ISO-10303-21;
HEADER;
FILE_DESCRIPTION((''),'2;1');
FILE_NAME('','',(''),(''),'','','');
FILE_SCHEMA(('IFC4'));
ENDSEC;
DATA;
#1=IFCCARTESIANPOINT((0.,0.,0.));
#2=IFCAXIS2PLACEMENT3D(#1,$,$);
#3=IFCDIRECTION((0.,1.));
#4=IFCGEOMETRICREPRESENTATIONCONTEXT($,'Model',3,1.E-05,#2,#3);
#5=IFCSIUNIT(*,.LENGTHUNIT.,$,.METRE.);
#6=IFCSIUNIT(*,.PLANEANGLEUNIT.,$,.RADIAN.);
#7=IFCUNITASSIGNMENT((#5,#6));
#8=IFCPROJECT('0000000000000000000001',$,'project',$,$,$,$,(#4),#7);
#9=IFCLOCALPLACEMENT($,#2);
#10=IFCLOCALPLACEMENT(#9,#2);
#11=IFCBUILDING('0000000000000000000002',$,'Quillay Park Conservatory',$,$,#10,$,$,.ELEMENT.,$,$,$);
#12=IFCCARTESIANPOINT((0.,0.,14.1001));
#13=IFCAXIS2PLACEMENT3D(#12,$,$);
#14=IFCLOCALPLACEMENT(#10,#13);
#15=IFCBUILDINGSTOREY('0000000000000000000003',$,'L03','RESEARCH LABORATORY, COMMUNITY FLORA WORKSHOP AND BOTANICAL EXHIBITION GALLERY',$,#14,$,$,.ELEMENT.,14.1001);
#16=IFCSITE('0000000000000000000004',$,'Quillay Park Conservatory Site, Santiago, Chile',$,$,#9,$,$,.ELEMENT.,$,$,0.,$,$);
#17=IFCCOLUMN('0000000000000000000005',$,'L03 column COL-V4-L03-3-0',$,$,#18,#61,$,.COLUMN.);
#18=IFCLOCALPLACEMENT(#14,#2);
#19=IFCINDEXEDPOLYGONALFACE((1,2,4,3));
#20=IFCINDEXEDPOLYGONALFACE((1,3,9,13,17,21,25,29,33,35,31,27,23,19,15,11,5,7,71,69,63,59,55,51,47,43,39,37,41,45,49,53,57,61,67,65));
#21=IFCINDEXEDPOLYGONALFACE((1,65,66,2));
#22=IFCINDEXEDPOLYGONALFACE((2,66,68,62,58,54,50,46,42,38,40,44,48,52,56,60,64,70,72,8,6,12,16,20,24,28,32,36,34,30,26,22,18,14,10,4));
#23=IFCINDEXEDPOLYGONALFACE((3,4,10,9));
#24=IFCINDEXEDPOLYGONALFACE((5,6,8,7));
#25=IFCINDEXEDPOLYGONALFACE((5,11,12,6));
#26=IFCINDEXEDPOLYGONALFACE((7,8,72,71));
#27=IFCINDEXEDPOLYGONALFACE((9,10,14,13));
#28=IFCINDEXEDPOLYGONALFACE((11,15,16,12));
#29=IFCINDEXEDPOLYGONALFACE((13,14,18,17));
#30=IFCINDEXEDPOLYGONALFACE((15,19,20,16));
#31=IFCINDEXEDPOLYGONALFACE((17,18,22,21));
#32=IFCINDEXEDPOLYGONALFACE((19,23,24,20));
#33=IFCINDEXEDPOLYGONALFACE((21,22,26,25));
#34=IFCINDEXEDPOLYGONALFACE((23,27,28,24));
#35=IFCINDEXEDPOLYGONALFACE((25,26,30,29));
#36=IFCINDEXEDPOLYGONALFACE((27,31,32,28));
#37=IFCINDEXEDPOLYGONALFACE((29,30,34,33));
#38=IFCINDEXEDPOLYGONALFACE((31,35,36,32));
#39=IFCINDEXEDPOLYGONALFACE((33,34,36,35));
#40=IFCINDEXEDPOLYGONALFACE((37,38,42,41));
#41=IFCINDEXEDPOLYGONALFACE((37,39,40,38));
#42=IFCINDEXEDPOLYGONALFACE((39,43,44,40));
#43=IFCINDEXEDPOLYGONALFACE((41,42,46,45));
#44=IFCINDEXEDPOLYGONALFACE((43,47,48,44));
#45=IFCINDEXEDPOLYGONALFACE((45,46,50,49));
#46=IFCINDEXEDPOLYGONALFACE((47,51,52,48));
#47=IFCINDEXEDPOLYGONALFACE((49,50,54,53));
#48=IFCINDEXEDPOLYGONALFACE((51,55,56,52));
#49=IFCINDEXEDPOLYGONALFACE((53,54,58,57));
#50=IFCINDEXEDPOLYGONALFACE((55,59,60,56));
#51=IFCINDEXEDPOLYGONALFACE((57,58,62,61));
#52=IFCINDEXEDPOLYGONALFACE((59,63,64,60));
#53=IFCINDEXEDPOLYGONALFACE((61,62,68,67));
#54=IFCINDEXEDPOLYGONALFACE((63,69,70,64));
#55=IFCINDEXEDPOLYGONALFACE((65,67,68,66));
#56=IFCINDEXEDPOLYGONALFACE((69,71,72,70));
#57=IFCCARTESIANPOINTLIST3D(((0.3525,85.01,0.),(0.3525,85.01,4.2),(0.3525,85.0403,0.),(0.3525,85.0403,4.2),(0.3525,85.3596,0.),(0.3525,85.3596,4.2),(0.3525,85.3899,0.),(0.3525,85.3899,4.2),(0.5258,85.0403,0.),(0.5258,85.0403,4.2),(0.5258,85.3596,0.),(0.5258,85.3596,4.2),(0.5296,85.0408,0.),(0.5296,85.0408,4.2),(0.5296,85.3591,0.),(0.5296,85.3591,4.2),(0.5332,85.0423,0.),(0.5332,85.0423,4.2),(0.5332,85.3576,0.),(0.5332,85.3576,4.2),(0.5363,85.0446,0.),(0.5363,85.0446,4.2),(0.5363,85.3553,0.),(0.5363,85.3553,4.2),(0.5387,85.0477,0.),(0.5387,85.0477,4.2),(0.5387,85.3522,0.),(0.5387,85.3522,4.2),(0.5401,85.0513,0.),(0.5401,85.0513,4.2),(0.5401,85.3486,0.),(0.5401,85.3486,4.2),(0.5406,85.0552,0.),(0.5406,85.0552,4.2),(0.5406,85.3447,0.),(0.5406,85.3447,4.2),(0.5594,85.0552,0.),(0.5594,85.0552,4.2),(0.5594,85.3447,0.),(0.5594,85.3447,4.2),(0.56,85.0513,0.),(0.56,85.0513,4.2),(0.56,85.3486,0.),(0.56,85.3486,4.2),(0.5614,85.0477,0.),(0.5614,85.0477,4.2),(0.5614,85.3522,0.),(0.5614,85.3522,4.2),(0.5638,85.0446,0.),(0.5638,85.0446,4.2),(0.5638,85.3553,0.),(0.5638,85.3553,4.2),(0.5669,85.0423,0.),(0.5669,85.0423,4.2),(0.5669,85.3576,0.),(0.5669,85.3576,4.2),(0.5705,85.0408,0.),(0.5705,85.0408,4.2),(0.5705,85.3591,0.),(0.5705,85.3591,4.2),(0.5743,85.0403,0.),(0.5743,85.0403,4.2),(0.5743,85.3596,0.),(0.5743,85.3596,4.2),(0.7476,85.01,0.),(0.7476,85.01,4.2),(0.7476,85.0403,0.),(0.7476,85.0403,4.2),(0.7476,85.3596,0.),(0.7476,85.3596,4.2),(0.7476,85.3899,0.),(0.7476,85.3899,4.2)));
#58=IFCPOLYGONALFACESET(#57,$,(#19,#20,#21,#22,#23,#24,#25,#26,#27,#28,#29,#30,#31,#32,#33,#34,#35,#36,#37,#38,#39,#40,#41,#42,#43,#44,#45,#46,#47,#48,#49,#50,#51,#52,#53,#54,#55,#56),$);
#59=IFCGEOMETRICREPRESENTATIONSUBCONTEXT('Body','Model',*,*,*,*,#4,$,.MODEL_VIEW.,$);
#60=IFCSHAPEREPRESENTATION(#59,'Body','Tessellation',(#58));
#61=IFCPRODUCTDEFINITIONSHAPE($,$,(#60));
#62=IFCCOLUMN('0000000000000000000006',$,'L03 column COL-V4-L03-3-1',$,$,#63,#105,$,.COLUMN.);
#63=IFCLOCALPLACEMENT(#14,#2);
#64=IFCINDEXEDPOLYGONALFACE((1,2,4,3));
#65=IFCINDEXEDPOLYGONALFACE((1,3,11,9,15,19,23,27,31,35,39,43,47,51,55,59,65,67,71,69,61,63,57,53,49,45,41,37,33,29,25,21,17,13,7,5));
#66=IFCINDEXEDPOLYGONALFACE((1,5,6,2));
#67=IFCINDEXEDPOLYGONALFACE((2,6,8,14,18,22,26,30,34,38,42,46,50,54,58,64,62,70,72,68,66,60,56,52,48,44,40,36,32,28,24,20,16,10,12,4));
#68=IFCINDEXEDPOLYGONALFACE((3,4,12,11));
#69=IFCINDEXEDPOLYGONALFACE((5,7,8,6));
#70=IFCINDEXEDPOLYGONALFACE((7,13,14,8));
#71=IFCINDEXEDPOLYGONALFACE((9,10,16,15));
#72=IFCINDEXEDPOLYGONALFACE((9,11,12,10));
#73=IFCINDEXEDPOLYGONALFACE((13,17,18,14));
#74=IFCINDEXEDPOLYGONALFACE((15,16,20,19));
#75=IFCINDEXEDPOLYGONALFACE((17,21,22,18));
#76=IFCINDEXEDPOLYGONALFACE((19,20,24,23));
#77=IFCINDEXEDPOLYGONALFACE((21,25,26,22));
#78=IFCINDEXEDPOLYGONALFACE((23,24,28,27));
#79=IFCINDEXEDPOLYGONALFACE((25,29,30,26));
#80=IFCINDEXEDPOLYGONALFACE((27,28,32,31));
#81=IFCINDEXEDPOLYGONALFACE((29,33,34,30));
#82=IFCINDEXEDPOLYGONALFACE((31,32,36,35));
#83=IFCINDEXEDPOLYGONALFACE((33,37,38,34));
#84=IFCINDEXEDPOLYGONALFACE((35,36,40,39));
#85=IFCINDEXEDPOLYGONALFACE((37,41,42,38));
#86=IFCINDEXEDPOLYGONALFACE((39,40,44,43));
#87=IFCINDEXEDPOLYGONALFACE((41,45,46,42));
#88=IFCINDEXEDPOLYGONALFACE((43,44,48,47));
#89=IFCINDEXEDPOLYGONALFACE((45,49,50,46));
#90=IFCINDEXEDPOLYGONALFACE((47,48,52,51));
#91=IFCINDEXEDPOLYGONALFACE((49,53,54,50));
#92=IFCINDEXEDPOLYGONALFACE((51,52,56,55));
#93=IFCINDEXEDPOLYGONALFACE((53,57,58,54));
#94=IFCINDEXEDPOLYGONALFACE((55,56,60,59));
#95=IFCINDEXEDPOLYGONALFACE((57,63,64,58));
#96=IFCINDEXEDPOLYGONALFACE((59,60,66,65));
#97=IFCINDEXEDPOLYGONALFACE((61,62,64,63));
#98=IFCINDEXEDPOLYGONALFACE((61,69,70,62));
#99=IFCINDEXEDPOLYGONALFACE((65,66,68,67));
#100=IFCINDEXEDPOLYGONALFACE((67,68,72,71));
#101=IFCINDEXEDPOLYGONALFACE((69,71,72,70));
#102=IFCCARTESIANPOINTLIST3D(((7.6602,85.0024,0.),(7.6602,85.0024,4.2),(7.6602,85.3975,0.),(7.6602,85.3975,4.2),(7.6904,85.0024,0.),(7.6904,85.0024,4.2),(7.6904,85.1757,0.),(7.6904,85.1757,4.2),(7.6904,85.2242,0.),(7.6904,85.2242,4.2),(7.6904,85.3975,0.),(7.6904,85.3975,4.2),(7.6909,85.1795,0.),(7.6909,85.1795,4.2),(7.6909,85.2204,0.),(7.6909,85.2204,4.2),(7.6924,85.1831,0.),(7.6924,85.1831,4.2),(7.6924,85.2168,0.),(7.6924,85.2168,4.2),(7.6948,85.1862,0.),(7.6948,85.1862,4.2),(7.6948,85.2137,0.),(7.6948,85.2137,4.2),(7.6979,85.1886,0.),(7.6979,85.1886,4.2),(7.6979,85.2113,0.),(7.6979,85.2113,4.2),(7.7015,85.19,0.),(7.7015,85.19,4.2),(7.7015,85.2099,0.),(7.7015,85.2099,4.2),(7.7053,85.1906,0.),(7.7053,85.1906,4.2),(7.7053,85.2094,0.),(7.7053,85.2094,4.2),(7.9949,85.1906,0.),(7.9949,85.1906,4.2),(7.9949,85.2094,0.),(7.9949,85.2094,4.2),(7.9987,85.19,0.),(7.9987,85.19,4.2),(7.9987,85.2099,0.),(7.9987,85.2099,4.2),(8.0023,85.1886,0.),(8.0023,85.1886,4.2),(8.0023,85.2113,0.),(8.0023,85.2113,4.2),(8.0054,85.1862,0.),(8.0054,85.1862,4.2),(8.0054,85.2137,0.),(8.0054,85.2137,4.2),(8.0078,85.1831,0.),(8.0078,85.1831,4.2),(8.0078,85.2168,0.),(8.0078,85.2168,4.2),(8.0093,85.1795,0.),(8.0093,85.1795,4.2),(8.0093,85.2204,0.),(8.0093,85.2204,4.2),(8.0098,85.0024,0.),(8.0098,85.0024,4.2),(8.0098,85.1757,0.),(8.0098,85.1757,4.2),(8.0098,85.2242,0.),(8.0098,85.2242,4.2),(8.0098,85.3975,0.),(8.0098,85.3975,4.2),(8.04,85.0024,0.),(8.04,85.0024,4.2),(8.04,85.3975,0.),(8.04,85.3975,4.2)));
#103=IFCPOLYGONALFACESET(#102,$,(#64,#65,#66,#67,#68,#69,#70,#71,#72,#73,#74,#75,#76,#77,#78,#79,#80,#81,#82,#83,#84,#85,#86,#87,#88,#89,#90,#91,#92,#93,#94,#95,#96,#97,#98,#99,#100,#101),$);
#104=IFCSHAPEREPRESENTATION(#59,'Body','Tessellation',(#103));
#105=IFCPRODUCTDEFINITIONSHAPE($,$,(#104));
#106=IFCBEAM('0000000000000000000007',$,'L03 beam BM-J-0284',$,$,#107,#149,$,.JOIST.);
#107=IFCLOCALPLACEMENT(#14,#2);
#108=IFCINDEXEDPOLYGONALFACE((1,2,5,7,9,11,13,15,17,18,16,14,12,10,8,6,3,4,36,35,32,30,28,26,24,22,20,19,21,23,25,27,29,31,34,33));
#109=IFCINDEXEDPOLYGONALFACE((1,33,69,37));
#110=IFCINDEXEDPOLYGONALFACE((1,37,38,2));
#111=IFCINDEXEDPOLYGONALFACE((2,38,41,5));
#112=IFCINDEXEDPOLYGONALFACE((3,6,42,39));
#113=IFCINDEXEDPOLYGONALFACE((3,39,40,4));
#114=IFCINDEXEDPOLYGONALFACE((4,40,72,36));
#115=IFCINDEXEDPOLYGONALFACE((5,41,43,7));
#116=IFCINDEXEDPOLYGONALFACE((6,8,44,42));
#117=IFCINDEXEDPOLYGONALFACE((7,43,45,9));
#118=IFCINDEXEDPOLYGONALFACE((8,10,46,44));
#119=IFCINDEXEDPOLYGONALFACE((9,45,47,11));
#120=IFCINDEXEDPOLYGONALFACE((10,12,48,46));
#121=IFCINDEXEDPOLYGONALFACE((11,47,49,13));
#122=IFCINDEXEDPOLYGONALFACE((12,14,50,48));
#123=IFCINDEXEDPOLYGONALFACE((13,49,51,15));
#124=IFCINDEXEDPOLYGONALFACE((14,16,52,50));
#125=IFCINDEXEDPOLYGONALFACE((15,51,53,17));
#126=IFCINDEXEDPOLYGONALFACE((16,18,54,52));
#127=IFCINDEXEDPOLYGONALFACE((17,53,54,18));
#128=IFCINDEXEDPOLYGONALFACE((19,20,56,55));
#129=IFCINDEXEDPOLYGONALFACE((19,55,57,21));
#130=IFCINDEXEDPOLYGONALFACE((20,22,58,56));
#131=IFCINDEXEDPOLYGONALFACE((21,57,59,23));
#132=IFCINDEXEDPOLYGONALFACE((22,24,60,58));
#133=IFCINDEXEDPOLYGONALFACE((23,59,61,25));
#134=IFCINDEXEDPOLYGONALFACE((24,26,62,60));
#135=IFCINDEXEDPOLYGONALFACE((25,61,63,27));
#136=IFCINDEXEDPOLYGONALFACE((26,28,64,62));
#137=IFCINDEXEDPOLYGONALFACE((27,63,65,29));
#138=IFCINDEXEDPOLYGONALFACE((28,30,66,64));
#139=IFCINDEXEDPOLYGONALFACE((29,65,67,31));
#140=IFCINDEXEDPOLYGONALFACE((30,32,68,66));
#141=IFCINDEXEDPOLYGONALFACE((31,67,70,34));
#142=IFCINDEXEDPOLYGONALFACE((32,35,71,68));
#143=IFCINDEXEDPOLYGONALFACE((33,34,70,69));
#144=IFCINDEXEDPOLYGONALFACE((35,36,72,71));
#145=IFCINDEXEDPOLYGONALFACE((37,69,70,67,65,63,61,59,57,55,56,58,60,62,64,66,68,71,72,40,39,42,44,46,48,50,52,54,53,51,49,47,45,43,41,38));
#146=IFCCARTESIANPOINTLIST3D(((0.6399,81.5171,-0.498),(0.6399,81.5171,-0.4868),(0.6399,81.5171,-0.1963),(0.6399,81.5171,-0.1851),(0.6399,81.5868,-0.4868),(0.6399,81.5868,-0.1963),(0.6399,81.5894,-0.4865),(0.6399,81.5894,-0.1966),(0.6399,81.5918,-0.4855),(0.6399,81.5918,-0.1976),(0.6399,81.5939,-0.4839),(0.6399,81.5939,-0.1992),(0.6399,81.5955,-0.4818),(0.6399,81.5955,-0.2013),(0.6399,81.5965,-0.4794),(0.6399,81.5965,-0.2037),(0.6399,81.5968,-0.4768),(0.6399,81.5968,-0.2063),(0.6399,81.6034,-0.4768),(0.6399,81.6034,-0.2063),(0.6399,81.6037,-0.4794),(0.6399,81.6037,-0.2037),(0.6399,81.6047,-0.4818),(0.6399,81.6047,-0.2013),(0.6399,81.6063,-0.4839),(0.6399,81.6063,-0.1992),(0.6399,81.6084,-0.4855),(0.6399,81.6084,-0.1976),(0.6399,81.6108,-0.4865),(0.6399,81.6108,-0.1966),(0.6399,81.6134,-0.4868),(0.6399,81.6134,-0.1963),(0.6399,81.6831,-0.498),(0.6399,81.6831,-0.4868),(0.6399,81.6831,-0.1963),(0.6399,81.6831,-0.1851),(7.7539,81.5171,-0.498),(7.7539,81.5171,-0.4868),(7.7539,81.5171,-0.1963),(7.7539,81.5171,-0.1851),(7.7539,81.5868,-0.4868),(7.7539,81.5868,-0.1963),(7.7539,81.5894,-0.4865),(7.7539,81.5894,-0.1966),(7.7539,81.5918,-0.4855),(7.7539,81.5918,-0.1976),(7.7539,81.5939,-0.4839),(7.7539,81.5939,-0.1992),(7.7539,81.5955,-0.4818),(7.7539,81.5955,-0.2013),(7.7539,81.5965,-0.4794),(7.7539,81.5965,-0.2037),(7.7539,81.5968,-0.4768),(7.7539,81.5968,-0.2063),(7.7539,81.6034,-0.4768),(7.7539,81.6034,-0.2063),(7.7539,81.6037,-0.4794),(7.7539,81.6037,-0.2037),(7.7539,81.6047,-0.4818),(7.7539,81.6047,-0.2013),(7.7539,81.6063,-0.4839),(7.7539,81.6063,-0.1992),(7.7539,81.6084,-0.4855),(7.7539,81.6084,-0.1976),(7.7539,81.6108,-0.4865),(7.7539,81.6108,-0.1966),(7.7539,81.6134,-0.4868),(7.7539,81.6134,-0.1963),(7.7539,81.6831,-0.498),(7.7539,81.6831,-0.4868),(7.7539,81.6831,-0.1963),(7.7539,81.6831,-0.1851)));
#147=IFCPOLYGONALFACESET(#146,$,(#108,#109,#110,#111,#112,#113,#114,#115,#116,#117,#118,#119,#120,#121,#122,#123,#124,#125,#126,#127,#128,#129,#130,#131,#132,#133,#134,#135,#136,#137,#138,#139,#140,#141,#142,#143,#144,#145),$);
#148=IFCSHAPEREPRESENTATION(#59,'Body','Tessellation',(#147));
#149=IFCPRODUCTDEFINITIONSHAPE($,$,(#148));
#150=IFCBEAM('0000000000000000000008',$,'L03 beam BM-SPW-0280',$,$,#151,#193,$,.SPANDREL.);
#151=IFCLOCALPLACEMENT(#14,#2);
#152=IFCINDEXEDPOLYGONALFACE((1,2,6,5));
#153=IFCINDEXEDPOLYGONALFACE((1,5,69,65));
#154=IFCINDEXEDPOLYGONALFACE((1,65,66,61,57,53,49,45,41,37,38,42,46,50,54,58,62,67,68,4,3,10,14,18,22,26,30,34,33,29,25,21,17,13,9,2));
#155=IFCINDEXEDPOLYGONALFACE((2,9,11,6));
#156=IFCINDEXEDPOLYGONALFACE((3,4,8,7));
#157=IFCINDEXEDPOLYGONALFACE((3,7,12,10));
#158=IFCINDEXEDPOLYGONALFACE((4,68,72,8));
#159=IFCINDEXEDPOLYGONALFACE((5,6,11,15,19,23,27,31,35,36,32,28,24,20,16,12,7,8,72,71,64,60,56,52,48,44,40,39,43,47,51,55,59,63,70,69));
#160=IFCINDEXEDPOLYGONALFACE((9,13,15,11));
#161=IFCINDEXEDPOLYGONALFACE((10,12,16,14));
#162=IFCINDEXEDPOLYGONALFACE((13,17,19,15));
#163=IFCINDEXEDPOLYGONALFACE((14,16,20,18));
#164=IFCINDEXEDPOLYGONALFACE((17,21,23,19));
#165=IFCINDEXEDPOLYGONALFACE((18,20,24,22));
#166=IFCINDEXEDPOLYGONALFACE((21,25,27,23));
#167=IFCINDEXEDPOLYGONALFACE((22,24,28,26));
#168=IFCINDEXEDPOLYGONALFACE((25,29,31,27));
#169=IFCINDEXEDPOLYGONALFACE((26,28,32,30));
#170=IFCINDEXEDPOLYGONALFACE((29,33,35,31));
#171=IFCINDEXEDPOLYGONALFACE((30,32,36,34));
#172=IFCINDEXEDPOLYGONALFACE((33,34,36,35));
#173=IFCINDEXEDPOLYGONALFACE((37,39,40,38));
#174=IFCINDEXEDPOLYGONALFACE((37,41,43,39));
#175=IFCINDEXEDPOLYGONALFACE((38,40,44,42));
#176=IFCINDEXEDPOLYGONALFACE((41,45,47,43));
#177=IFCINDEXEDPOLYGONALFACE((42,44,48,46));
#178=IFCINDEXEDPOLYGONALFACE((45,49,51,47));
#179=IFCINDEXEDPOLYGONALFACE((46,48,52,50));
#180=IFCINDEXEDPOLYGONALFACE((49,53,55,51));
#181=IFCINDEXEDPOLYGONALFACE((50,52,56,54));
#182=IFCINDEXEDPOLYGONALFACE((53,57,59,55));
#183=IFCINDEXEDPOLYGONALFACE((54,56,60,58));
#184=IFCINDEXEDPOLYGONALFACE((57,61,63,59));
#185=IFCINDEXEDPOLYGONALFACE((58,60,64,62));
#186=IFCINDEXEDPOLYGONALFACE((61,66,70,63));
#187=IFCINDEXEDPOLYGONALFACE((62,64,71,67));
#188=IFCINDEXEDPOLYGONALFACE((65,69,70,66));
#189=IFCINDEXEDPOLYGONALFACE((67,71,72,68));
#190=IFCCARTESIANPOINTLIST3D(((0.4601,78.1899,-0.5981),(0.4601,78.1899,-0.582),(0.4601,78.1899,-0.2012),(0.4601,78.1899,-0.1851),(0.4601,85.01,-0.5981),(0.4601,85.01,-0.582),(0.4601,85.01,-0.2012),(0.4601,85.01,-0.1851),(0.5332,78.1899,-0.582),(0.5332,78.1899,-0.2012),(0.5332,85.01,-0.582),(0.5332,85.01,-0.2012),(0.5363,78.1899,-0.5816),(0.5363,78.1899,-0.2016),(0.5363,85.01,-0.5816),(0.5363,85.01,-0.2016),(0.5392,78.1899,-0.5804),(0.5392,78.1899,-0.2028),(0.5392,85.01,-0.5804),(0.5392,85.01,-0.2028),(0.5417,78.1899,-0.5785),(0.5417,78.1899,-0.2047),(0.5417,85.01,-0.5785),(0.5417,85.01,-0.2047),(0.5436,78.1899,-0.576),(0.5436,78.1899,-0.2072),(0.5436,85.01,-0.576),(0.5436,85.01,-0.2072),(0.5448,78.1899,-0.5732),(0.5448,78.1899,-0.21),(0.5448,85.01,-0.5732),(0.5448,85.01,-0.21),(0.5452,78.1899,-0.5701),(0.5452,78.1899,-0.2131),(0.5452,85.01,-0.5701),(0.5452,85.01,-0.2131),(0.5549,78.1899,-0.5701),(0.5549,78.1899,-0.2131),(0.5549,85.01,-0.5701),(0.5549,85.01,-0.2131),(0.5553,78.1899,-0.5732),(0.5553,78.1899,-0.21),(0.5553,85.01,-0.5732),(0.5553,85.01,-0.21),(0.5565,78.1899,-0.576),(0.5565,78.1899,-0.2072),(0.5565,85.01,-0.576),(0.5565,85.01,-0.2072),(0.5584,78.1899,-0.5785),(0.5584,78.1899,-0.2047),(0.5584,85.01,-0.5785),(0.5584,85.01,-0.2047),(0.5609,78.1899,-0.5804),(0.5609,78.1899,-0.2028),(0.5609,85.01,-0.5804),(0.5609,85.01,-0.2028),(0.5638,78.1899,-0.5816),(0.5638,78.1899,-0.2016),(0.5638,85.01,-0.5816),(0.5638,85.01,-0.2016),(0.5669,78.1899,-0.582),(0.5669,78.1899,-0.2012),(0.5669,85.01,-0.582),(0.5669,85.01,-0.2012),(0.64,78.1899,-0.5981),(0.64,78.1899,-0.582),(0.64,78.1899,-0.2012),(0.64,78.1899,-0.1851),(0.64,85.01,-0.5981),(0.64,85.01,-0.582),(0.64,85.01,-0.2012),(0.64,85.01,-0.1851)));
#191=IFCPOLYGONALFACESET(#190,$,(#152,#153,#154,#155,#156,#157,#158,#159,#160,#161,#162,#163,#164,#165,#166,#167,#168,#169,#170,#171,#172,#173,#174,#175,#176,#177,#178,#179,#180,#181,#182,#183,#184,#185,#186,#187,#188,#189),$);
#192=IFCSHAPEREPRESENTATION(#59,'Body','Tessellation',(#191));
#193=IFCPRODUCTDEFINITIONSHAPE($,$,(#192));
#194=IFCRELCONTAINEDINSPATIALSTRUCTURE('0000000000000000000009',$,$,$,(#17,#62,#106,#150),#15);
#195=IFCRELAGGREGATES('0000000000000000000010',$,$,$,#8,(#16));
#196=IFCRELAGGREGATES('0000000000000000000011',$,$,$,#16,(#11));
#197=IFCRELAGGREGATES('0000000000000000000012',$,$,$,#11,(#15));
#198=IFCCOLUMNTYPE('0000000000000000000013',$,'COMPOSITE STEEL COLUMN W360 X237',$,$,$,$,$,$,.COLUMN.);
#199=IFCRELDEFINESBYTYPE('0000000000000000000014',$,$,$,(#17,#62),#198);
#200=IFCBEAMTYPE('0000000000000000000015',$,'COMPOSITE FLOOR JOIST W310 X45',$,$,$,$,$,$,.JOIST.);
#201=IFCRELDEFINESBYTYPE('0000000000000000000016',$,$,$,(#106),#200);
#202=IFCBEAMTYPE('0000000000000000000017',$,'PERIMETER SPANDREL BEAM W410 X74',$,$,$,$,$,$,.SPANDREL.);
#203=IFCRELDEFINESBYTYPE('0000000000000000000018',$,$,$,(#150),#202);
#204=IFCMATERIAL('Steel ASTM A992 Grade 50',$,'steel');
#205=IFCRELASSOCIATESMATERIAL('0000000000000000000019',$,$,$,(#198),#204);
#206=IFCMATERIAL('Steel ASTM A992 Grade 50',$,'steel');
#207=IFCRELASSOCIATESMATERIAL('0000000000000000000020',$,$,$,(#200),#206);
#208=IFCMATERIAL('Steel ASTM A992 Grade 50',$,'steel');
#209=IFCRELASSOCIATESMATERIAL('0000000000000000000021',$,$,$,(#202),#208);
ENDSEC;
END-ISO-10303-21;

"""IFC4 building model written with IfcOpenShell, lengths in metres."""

from ifc_helpers import new_model, si_unit, direction, frame, origin, origin_2d, place, context, subcontext, project, spatial, i_section, extrude, material, material_profile, profile_set, type_object, element, save


model = new_model("IFC4")

# Units and contexts
model_context = context("Model", 3, precision=1e-05, world=origin(), true_north=direction((0.0, 1.0)))
body_context = subcontext(model_context, "Body", "Model", "MODEL_VIEW")
ifc_project = project(units=[si_unit("LENGTHUNIT", "METRE"), si_unit("PLANEANGLEUNIT", "RADIAN")], contexts=[model_context])

# Site, building, storey
site_placement = place(None, origin())
site = spatial("IfcSite", under=ifc_project, at=site_placement, Name="Quillay Park Conservatory Site, Santiago, Chile", CompositionType="ELEMENT", RefElevation=0.0)
building_placement = place(site_placement, origin())
building = spatial("IfcBuilding", under=site, at=building_placement, Name="Quillay Park Conservatory", CompositionType="ELEMENT")
storey_placement = place(building_placement, frame((0.0, 0.0, 14.1001)))
storey = spatial("IfcBuildingStorey", under=building, at=storey_placement, Name="L03", Description="RESEARCH LABORATORY, COMMUNITY FLORA WORKSHOP AND BOTANICAL EXHIBITION GALLERY", CompositionType="ELEMENT", Elevation=14.1001)

# Columns
ifc_material_1 = material(Name="Steel ASTM A992 Grade 50", Category="steel")
ifc_material_profile_1 = material_profile(ifc_material_1, i_section(OverallWidth=0.395, OverallDepth=0.3799, WebThickness=0.0188, FlangeThickness=0.0303, FilletRadius=0.0149, at=origin_2d()), Name="W360x237")
ifc_profile_set_1 = profile_set([ifc_material_profile_1], Name="Steel ASTM A992 Grade 50")
column_type = type_object("IfcColumnType", Name="COMPOSITE STEEL COLUMN W360 X237", PredefinedType="COLUMN", material=ifc_profile_set_1)
for number, where, z_axis, x_axis, name in (
    (1, (0.55, 85.2, 0.0), (0.0, 0.0, 1.0), (1.0, 0.0, 0.0), "L03 column COL-V4-L03-3-0"),
    (2, (7.8501, 85.2, 0.0), (0.0, 0.0, 1.0), (0.0, 1.0, 0.0), "L03 column COL-V4-L03-3-1"),
):
    element("IfcColumn", number, at=place(storey_placement, frame(where, z_axis=z_axis, x_axis=x_axis)), inside=storey, type_object=column_type, Name=name, PredefinedType="COLUMN", context=body_context, shape_type="SweptSolid", body=[
        extrude(i_section(OverallWidth=0.395, OverallDepth=0.3799, WebThickness=0.0188, FlangeThickness=0.0303, FilletRadius=0.0149, at=origin_2d()), origin(), (0.0, 0.0, 1.0), 4.2),
    ])

# Beams
ifc_material_2 = material(Name="Steel ASTM A992 Grade 50", Category="steel")
ifc_material_profile_2 = material_profile(ifc_material_2, i_section(OverallWidth=0.166, OverallDepth=0.313, WebThickness=0.0066, FlangeThickness=0.0112, FilletRadius=0.01, at=origin_2d()), Name="W310x45")
ifc_profile_set_2 = profile_set([ifc_material_profile_2], Name="Steel ASTM A992 Grade 50")
beam_type_1 = type_object("IfcBeamType", Name="COMPOSITE FLOOR JOIST W310 X45", PredefinedType="JOIST", material=ifc_profile_set_2)
beam_1_placement = place(storey_placement, frame((0.6399, 81.6001, -0.3416), z_axis=(1.0, 0.0, 0.0), x_axis=(0.0, 1.0, 0.0)))
element("IfcBeam", 3, at=beam_1_placement, inside=storey, type_object=beam_type_1, Name="L03 beam BM-J-0284", PredefinedType="JOIST", context=body_context, shape_type="SweptSolid", body=[
    extrude(i_section(OverallWidth=0.166, OverallDepth=0.313, WebThickness=0.0066, FlangeThickness=0.0112, FilletRadius=0.01, at=origin_2d()), origin(), (0.0, 0.0, 1.0), 7.114),
])
ifc_material_3 = material(Name="Steel ASTM A992 Grade 50", Category="steel")
ifc_material_profile_3 = material_profile(ifc_material_3, i_section(OverallWidth=0.1799, OverallDepth=0.4131, WebThickness=0.0098, FlangeThickness=0.0161, FilletRadius=0.012, at=origin_2d()), Name="W410x74")
ifc_profile_set_3 = profile_set([ifc_material_profile_3], Name="Steel ASTM A992 Grade 50")
beam_type_2 = type_object("IfcBeamType", Name="PERIMETER SPANDREL BEAM W410 X74", PredefinedType="SPANDREL", material=ifc_profile_set_3)
for number, where, z_axis, x_axis, name in (
    (4, (0.55, 78.1899, -0.3916), (0.0, 1.0, 0.0), (-1.0, 0.0, 0.0), "L03 beam BM-SPW-0280"),
):
    element("IfcBeam", number, at=place(storey_placement, frame(where, z_axis=z_axis, x_axis=x_axis)), inside=storey, type_object=beam_type_2, Name=name, PredefinedType="SPANDREL", context=body_context, shape_type="SweptSolid", body=[
        extrude(i_section(OverallWidth=0.1799, OverallDepth=0.4131, WebThickness=0.0098, FlangeThickness=0.0161, FilletRadius=0.012, at=origin_2d()), origin(), (0.0, 0.0, 1.0), 6.8201),
    ])

save(model, "model.ifc")
